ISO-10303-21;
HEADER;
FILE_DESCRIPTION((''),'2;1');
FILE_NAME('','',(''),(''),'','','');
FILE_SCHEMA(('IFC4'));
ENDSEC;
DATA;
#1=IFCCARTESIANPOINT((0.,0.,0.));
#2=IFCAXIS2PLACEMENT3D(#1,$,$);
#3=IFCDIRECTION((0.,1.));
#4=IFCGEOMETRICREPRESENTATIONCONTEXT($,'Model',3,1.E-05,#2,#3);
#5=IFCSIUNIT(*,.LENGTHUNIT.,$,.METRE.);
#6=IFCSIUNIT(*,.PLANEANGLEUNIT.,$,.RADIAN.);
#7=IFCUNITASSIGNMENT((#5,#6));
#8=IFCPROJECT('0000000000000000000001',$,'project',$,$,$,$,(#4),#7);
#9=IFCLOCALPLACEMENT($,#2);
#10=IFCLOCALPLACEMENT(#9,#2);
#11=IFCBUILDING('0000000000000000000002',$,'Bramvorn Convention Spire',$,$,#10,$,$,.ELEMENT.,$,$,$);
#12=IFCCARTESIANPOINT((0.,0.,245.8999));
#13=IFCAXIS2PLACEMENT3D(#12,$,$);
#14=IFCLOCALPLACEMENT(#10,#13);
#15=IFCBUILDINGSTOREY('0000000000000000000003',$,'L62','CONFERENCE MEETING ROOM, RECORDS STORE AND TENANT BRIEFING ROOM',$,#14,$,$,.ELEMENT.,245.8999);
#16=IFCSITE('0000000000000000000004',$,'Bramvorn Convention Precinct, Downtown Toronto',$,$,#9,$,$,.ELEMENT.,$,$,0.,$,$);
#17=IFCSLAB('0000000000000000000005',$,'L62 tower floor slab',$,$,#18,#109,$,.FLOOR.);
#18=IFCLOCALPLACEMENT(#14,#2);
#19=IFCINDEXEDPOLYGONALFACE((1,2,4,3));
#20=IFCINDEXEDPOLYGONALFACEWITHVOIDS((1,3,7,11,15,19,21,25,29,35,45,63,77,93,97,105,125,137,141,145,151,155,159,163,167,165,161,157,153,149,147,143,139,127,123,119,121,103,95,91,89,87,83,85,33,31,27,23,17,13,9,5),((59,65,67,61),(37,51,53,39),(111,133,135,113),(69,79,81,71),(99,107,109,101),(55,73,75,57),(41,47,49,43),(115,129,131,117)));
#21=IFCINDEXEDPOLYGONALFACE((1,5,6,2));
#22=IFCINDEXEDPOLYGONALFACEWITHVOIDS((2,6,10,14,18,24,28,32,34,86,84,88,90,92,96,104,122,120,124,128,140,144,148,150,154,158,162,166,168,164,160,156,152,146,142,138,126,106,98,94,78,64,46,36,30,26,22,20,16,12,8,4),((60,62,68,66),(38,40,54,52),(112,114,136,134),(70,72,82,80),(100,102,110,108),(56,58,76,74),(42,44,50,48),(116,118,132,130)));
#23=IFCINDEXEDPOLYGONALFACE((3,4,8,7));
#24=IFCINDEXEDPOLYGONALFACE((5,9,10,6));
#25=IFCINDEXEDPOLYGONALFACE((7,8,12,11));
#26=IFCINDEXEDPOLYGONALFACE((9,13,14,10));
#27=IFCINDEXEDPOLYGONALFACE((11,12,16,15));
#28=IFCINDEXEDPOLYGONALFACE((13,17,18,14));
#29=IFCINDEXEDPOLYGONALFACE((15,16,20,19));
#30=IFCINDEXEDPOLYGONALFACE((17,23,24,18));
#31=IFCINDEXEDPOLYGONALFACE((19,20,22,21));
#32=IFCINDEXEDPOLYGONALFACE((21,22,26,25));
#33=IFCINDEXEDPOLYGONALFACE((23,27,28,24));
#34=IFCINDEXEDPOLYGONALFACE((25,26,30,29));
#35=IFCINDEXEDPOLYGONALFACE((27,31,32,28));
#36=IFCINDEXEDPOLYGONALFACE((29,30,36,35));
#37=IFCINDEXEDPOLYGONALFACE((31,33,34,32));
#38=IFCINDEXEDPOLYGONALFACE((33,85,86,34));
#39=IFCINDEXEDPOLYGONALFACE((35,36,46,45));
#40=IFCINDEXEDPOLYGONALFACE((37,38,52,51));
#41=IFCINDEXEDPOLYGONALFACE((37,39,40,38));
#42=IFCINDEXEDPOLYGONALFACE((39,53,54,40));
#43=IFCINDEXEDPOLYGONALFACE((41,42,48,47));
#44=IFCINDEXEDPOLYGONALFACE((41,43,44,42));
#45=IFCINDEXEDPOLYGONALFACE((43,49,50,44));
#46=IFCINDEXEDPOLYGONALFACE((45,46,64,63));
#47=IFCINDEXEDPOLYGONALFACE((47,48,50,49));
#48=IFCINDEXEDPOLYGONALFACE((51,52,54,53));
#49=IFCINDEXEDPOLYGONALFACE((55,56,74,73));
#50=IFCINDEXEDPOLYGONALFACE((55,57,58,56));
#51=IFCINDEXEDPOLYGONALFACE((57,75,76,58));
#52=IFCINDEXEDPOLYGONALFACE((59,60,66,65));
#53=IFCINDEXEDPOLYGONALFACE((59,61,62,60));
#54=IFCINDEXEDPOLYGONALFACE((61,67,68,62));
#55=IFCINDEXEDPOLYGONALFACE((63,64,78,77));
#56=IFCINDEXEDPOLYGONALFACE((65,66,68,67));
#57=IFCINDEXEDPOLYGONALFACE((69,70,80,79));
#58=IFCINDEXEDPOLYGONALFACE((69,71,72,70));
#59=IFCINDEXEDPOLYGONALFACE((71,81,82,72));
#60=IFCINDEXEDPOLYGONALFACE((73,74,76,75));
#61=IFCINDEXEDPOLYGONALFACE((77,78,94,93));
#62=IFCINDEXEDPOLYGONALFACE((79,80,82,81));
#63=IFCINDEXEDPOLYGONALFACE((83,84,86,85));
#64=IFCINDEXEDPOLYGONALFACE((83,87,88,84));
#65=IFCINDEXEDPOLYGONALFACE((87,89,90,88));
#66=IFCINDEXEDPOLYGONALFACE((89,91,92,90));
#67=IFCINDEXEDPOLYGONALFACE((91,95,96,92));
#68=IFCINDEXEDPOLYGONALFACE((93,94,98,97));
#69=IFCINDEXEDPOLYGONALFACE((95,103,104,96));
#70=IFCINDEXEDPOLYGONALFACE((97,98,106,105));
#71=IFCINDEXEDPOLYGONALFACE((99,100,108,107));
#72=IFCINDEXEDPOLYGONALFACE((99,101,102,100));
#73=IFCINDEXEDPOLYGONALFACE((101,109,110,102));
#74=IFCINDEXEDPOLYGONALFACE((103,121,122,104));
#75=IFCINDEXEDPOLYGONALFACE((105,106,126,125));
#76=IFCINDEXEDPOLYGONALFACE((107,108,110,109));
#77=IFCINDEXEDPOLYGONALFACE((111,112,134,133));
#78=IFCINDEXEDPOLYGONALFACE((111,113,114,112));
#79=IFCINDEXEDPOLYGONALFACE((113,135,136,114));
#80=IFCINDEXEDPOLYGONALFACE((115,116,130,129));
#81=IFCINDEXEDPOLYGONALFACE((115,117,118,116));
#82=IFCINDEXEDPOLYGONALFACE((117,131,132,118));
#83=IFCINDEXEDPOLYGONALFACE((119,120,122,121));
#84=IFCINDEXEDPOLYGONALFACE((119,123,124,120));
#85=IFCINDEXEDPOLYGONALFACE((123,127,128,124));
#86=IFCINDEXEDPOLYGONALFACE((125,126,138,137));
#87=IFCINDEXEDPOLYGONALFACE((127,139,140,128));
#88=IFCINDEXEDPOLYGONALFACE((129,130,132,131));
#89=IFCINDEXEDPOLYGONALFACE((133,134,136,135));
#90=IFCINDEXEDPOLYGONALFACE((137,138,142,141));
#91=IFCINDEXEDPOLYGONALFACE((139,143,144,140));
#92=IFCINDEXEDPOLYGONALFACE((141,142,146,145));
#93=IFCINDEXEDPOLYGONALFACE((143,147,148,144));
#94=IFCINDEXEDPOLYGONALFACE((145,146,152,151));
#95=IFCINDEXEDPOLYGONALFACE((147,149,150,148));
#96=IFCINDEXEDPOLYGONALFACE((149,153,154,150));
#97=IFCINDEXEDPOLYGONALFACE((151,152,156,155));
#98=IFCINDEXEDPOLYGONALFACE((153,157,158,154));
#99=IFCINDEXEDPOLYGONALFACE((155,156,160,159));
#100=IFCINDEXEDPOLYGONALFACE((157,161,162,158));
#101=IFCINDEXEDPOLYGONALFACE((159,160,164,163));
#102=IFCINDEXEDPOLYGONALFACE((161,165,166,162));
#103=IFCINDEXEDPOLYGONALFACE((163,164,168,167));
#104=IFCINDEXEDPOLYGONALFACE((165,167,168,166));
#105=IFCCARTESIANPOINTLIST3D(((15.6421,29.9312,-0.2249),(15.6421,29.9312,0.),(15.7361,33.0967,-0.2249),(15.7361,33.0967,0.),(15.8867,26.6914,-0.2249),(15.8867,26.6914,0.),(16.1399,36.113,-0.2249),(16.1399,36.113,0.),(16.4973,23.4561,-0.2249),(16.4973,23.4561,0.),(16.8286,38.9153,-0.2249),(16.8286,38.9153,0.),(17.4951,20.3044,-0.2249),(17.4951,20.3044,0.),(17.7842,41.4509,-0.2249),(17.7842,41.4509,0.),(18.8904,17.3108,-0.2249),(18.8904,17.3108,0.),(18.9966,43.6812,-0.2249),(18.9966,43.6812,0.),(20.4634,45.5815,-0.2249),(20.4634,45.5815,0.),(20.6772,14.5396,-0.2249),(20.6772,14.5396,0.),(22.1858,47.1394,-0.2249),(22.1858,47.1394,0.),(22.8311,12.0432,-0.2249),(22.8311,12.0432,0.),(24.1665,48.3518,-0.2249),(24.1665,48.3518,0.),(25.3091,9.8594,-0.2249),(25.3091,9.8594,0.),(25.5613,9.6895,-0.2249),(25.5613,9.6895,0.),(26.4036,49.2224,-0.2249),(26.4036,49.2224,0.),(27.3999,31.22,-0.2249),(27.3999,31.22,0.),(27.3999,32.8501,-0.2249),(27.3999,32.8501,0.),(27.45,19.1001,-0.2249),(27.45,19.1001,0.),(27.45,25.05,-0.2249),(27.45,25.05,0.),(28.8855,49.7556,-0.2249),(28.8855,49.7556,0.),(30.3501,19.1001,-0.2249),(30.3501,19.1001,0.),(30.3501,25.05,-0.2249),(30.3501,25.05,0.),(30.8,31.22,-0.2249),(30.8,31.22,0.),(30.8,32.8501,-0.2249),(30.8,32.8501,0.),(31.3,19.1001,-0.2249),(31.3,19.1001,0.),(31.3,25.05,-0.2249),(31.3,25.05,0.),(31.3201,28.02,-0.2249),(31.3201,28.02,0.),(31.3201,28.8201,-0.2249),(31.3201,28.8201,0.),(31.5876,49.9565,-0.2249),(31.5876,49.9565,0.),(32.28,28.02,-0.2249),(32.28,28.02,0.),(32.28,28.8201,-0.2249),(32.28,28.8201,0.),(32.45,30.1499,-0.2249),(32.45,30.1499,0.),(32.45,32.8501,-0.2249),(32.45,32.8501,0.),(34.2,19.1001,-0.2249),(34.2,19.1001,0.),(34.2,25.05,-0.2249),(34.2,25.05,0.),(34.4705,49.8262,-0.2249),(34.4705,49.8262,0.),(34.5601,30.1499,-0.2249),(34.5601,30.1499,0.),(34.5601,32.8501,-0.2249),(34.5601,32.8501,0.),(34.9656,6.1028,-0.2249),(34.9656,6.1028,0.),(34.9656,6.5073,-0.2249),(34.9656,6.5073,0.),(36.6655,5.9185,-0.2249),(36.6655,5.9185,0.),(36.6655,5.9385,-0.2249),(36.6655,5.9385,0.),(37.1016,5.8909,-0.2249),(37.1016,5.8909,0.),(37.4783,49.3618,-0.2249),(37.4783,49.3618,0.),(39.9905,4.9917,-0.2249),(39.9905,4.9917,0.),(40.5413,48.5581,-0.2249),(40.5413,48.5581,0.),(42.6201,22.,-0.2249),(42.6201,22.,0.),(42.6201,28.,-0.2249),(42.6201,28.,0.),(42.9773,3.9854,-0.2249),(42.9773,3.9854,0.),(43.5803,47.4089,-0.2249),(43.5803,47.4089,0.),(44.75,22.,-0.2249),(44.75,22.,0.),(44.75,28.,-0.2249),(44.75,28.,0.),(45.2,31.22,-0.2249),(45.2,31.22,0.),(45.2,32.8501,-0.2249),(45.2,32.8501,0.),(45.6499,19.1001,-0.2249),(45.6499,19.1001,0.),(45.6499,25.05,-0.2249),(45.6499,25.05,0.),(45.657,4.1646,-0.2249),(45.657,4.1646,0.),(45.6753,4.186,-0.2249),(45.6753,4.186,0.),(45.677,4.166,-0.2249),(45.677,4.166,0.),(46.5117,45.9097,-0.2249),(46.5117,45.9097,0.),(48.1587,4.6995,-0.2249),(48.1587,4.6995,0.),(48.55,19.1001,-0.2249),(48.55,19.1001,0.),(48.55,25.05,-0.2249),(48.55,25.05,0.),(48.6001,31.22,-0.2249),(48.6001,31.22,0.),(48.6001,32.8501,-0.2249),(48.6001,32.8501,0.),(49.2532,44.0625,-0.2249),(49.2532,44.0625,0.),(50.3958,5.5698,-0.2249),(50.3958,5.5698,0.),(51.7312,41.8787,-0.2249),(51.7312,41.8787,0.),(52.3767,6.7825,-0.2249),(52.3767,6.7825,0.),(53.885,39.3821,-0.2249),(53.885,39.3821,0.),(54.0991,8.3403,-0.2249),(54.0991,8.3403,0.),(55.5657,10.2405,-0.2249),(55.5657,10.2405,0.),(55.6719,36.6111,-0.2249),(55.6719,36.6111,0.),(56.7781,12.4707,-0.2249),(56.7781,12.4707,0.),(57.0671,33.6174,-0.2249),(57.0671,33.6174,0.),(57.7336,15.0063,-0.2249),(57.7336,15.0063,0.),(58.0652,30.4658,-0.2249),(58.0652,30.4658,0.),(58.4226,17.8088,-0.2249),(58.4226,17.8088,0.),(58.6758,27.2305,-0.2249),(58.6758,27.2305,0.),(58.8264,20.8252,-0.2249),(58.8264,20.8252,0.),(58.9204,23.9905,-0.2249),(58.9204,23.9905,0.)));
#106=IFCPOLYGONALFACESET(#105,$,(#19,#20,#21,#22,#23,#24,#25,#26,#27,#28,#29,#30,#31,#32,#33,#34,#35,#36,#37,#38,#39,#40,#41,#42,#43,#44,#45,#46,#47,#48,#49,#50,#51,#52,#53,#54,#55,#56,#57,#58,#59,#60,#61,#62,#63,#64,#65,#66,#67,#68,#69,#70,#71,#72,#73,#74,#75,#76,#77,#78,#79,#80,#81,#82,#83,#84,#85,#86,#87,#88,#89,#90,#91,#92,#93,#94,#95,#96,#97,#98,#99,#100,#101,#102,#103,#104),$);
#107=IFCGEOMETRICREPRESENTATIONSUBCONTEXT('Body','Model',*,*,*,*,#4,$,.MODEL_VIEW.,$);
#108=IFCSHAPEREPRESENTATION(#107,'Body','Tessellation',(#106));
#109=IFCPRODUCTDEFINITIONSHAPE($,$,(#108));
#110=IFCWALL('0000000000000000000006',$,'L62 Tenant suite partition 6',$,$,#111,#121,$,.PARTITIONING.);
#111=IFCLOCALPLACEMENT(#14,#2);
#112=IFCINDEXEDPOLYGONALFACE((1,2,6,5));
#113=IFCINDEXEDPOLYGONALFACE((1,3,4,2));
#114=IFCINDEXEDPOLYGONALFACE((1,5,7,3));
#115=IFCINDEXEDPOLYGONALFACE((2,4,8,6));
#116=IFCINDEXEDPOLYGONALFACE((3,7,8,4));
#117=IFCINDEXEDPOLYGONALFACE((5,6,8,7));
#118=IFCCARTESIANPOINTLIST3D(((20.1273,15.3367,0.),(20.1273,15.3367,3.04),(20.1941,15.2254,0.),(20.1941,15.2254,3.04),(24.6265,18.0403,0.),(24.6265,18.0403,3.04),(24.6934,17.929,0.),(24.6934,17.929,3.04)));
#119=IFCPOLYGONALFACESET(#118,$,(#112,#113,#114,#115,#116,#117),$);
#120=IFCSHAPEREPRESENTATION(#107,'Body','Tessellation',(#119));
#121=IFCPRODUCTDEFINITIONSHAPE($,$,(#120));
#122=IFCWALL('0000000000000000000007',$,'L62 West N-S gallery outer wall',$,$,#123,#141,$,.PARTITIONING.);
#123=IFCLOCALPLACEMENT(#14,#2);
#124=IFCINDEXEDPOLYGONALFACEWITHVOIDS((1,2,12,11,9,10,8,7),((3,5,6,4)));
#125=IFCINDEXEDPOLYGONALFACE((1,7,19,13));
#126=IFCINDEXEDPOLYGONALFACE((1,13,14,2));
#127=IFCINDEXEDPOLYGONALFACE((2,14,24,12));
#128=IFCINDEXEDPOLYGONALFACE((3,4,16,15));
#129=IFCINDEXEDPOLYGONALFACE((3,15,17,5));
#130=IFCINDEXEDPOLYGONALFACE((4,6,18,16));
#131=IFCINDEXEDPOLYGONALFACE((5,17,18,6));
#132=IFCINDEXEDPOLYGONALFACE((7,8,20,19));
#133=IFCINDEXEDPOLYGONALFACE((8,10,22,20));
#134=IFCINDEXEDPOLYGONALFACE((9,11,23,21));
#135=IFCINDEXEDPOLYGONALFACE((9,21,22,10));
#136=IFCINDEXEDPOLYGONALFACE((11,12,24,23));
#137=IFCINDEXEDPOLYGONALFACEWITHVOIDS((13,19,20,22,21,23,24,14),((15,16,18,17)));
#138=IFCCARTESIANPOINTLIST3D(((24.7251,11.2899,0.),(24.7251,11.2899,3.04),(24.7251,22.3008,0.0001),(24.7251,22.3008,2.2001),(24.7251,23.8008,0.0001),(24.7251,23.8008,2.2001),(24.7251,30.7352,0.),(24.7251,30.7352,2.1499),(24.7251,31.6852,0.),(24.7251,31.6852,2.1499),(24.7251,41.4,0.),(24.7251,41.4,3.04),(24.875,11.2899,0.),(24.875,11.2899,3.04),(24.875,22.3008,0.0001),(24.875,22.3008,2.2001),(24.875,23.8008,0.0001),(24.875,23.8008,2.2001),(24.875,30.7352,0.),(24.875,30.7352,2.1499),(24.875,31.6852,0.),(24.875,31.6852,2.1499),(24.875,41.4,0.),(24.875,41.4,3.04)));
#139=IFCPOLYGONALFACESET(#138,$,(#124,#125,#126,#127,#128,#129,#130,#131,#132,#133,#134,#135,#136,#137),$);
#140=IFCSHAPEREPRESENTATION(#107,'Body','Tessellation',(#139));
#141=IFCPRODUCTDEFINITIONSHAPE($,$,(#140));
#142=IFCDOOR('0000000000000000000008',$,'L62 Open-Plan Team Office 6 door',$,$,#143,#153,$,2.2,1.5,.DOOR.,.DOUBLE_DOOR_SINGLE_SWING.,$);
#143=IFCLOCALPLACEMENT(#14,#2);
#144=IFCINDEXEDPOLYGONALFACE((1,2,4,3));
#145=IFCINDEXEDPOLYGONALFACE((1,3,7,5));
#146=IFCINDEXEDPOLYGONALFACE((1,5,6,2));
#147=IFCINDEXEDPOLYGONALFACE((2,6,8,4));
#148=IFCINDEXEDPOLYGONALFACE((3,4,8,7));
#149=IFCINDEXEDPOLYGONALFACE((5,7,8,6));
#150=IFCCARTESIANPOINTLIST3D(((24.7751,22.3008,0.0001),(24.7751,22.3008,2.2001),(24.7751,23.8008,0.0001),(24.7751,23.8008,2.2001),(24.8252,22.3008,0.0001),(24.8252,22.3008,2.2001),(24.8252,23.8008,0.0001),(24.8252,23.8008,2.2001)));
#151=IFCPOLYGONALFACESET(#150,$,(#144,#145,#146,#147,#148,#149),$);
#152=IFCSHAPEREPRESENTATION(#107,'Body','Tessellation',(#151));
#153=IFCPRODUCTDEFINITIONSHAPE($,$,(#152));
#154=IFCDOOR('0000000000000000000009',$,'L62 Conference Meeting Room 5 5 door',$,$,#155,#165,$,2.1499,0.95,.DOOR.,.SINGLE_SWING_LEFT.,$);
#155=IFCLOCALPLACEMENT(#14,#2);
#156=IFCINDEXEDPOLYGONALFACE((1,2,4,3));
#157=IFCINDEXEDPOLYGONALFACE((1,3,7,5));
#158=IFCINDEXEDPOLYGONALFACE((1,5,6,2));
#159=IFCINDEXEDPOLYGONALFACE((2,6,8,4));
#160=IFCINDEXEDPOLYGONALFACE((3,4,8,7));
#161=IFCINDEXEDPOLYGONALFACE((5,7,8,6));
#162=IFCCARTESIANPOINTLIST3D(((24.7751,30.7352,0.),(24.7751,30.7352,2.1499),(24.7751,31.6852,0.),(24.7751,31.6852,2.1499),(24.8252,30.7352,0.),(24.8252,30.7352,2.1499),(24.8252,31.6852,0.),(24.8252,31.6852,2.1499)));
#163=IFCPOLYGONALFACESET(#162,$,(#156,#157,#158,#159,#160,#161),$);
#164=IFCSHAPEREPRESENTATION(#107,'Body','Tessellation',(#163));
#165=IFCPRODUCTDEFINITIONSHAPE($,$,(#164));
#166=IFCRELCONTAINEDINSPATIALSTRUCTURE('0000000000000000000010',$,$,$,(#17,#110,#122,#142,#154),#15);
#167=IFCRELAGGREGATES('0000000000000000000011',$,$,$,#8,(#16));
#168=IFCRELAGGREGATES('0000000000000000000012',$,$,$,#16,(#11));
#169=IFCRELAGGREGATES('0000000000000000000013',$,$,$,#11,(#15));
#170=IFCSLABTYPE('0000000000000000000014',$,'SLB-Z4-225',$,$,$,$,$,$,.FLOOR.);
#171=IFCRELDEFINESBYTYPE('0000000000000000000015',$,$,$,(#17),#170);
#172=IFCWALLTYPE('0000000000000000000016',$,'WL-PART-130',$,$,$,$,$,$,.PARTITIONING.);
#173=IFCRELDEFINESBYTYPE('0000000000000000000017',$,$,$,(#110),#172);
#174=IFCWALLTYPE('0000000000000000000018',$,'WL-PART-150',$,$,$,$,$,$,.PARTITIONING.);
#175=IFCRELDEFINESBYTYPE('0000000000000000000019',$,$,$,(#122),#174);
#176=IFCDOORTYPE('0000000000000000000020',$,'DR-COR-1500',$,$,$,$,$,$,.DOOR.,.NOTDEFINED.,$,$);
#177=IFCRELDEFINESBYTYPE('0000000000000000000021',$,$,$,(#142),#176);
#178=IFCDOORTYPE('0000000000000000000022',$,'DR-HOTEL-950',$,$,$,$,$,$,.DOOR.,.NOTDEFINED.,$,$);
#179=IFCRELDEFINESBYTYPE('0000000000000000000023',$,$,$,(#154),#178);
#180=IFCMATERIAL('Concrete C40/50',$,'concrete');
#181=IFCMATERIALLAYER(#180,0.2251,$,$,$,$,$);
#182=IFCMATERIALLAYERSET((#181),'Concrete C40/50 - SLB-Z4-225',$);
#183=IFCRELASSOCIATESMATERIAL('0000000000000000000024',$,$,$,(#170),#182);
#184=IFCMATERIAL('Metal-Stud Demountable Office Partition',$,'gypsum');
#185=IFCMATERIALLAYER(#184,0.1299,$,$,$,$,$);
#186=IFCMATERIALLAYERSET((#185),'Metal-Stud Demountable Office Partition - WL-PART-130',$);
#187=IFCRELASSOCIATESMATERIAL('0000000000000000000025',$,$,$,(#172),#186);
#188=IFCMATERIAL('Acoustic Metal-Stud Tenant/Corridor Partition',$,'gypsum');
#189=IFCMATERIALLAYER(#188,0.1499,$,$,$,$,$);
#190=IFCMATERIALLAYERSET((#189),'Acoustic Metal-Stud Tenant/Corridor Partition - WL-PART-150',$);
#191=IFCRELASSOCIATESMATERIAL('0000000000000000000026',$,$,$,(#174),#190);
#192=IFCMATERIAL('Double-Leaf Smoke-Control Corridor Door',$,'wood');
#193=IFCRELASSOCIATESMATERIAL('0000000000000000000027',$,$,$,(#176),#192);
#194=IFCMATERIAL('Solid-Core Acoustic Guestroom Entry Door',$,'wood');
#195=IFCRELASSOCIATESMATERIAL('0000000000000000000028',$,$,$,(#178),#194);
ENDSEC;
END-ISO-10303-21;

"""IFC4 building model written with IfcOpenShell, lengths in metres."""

from ifc_helpers import new_model, si_unit, direction, frame, frame_2d, origin, place, context, subcontext, project, spatial, polyline, rectangle, outline, extrude, material, layer, layer_set, type_object, element, fill, save


model = new_model("IFC4")

# Units and contexts
model_context = context("Model", 3, precision=1e-05, world=origin(), true_north=direction((0.0, 1.0)))
body_context = subcontext(model_context, "Body", "Model", "MODEL_VIEW")
ifc_project = project(units=[si_unit("LENGTHUNIT", "METRE"), si_unit("PLANEANGLEUNIT", "RADIAN")], contexts=[model_context])

# Site, building, storey
site_placement = place(None, origin())
site = spatial("IfcSite", under=ifc_project, at=site_placement, Name="Bramvorn Convention Precinct, Downtown Toronto", CompositionType="ELEMENT", RefElevation=0.0)
building_placement = place(site_placement, origin())
building = spatial("IfcBuilding", under=site, at=building_placement, Name="Bramvorn Convention Spire", CompositionType="ELEMENT")
storey_placement = place(building_placement, frame((0.0, 0.0, 245.8999)))
storey = spatial("IfcBuildingStorey", under=building, at=storey_placement, Name="L62", Description="CONFERENCE MEETING ROOM, RECORDS STORE AND TENANT BRIEFING ROOM", CompositionType="ELEMENT", Elevation=245.8999)

# Slab
ifc_material_1 = material(Name="Concrete C40/50", Category="concrete")
ifc_layer_1 = layer(ifc_material_1, 0.2251)
ifc_layer_set_1 = layer_set([ifc_layer_1], Name="Concrete C40/50 - SLB-Z4-225")
slab_type_1 = type_object("IfcSlabType", Name="SLB-Z4-225", PredefinedType="FLOOR", material=ifc_layer_set_1)
slab_1_placement = place(storey_placement, frame((0.0, 0.0, -0.2249)))
element("IfcSlab", 1, at=slab_1_placement, inside=storey, type_object=slab_type_1, Name="L62 tower floor slab", PredefinedType="FLOOR", context=body_context, shape_type="SweptSolid", body=[
    extrude(outline(polyline([(50.3958, 5.5698), (48.1587, 4.6995), (45.677, 4.166), (45.657, 4.1646), (45.6753, 4.186), (42.9773, 3.9854), (39.9905, 4.9917), (37.1016, 5.8909), (36.6655, 5.9385), (36.6655, 5.9185), (34.9656, 6.1028), (34.9656, 6.5073), (25.5613, 9.6895), (25.3091, 9.8594), (22.8311, 12.0432), (20.6772, 14.5396), (18.8904, 17.3108), (17.4951, 20.3044), (16.4973, 23.4561), (15.8867, 26.6914), (15.6421, 29.9312), (15.7361, 33.0967), (16.1399, 36.113), (16.8286, 38.9153), (17.7842, 41.4509), (18.9966, 43.6812), (20.4634, 45.5815), (22.1858, 47.1394), (24.1665, 48.3518), (26.4036, 49.2224), (28.8855, 49.7556), (31.5876, 49.9565), (34.4705, 49.8262), (37.4783, 49.3618), (40.5413, 48.5581), (43.5803, 47.4089), (46.5117, 45.9097), (49.2532, 44.0625), (51.7312, 41.8787), (53.885, 39.3821), (55.6719, 36.6111), (57.0671, 33.6174), (58.0652, 30.4658), (58.6758, 27.2305), (58.9204, 23.9905), (58.8264, 20.8252), (58.4226, 17.8088), (57.7336, 15.0063), (56.7781, 12.4707), (55.5657, 10.2405), (54.0991, 8.3403), (52.3767, 6.7825), (50.3958, 5.5698)]), holes=[polyline([(27.45, 25.05), (27.45, 19.1001), (30.3501, 19.1001), (30.3501, 25.05), (27.45, 25.05)]), polyline([(45.6499, 25.05), (45.6499, 19.1001), (48.55, 19.1001), (48.55, 25.05), (45.6499, 25.05)]), polyline([(31.3, 25.05), (31.3, 19.1001), (34.2, 19.1001), (34.2, 25.05), (31.3, 25.05)]), polyline([(27.3999, 31.22), (30.8, 31.22), (30.8, 32.8501), (27.3999, 32.8501), (27.3999, 31.22)]), polyline([(45.2, 31.22), (48.6001, 31.22), (48.6001, 32.8501), (45.2, 32.8501), (45.2, 31.22)]), polyline([(32.45, 30.1499), (34.5601, 30.1499), (34.5601, 32.8501), (32.45, 32.8501), (32.45, 30.1499)]), polyline([(42.6201, 22.0), (44.75, 22.0), (44.75, 28.0), (42.6201, 28.0), (42.6201, 22.0)]), polyline([(31.3201, 28.02), (32.28, 28.02), (32.28, 28.8201), (31.3201, 28.8201), (31.3201, 28.02)])]), origin(), (0.0, 0.0, 1.0), 0.2249),
])

# Wall
ifc_material_2 = material(Name="Metal-Stud Demountable Office Partition", Category="gypsum")
ifc_layer_2 = layer(ifc_material_2, 0.1299)
ifc_layer_set_2 = layer_set([ifc_layer_2], Name="Metal-Stud Demountable Office Partition - WL-PART-130")
wall_type_1 = type_object("IfcWallType", Name="WL-PART-130", PredefinedType="PARTITIONING", material=ifc_layer_set_2)
wall_1_placement = place(storey_placement, frame((24.6599, 17.9846, 0.0), z_axis=(0.0, 0.0, 1.0), x_axis=(-0.857152, -0.515063, 0.0)))
element("IfcWall", 2, at=wall_1_placement, inside=storey, type_object=wall_type_1, Name="L62 Tenant suite partition 6", PredefinedType="PARTITIONING", context=body_context, shape_type="SweptSolid", body=[
    extrude(rectangle(XDim=5.249, YDim=0.1299, at=frame_2d((2.6245, 0.0))), origin(), (0.0, 0.0, 1.0), 3.04),
])

# Wall, openings, doors
ifc_material_3 = material(Name="Acoustic Metal-Stud Tenant/Corridor Partition", Category="gypsum")
ifc_layer_3 = layer(ifc_material_3, 0.1499)
ifc_layer_set_3 = layer_set([ifc_layer_3], Name="Acoustic Metal-Stud Tenant/Corridor Partition - WL-PART-150")
wall_type_2 = type_object("IfcWallType", Name="WL-PART-150", PredefinedType="PARTITIONING", material=ifc_layer_set_3)
wall_2_placement = place(storey_placement, frame((24.8, 11.2898, 0.0), z_axis=(0.0, 0.0, 1.0), x_axis=(0.0, 1.0, 0.0)))
wall_2 = element("IfcWall", 3, at=wall_2_placement, inside=storey, type_object=wall_type_2, Name="L62 West N-S gallery outer wall", PredefinedType="PARTITIONING", context=body_context, shape_type="SweptSolid", body=[
    extrude(rectangle(XDim=30.1101, YDim=0.1499, at=frame_2d((15.0552, 0.0))), origin(), (0.0, 0.0, 1.0), 3.04),
])
opening_1_placement = place(wall_2_placement, frame((19.4453, 0.0, 0.0)))
opening_1 = element("IfcOpeningElement", 4, at=opening_1_placement, cuts=wall_2, PredefinedType="OPENING", context=body_context, shape_type="SweptSolid", body=[
    extrude(rectangle(XDim=0.95, YDim=2.1499, at=frame_2d((0.4751, 1.075))), frame((0.0, 0.085, 0.0), z_axis=(0.0, -1.0, 0.0), x_axis=(1.0, 0.0, 0.0)), (0.0, 0.0, 1.0), 0.1699),
])
opening_2_placement = place(wall_2_placement, frame((11.011, 0.0, 0.0)))
opening_2 = element("IfcOpeningElement", 5, at=opening_2_placement, cuts=wall_2, PredefinedType="OPENING", context=body_context, shape_type="SweptSolid", body=[
    extrude(rectangle(XDim=1.5, YDim=2.2, at=frame_2d((0.75, 1.1001))), frame((0.0, 0.085, 0.0), z_axis=(0.0, -1.0, 0.0), x_axis=(1.0, 0.0, 0.0)), (0.0, 0.0, 1.0), 0.1699),
])
ifc_material_4 = material(Name="Double-Leaf Smoke-Control Corridor Door", Category="wood")
door_type_1 = type_object("IfcDoorType", Name="DR-COR-1500", OperationType="NOTDEFINED", PredefinedType="DOOR", material=ifc_material_4)
door_1_placement = place(opening_2_placement, origin())
door_1 = element("IfcDoor", 6, at=door_1_placement, inside=storey, type_object=door_type_1, Name="L62 Open-Plan Team Office 6 door", OperationType="DOUBLE_DOOR_SINGLE_SWING", OverallHeight=2.2, OverallWidth=1.5, PredefinedType="DOOR", context=body_context, shape_type="SweptSolid", body=[
    extrude(rectangle(XDim=1.5, YDim=2.2, at=frame_2d((0.75, 1.1001))), frame((0.0, 0.0249, 0.0), z_axis=(0.0, -1.0, 0.0), x_axis=(1.0, 0.0, 0.0)), (0.0, 0.0, 1.0), 0.05),
])
fill(opening_2, door_1)
ifc_material_5 = material(Name="Solid-Core Acoustic Guestroom Entry Door", Category="wood")
door_type_2 = type_object("IfcDoorType", Name="DR-HOTEL-950", OperationType="NOTDEFINED", PredefinedType="DOOR", material=ifc_material_5)
door_2_placement = place(opening_1_placement, origin())
door_2 = element("IfcDoor", 7, at=door_2_placement, inside=storey, type_object=door_type_2, Name="L62 Conference Meeting Room 5 5 door", OperationType="SINGLE_SWING_LEFT", OverallHeight=2.1499, OverallWidth=0.95, PredefinedType="DOOR", context=body_context, shape_type="SweptSolid", body=[
    extrude(rectangle(XDim=0.95, YDim=2.1499, at=frame_2d((0.4751, 1.075))), frame((0.0, 0.0249, 0.0), z_axis=(0.0, -1.0, 0.0), x_axis=(1.0, 0.0, 0.0)), (0.0, 0.0, 1.0), 0.05),
])
fill(opening_1, door_2)

save(model, "model.ifc")
